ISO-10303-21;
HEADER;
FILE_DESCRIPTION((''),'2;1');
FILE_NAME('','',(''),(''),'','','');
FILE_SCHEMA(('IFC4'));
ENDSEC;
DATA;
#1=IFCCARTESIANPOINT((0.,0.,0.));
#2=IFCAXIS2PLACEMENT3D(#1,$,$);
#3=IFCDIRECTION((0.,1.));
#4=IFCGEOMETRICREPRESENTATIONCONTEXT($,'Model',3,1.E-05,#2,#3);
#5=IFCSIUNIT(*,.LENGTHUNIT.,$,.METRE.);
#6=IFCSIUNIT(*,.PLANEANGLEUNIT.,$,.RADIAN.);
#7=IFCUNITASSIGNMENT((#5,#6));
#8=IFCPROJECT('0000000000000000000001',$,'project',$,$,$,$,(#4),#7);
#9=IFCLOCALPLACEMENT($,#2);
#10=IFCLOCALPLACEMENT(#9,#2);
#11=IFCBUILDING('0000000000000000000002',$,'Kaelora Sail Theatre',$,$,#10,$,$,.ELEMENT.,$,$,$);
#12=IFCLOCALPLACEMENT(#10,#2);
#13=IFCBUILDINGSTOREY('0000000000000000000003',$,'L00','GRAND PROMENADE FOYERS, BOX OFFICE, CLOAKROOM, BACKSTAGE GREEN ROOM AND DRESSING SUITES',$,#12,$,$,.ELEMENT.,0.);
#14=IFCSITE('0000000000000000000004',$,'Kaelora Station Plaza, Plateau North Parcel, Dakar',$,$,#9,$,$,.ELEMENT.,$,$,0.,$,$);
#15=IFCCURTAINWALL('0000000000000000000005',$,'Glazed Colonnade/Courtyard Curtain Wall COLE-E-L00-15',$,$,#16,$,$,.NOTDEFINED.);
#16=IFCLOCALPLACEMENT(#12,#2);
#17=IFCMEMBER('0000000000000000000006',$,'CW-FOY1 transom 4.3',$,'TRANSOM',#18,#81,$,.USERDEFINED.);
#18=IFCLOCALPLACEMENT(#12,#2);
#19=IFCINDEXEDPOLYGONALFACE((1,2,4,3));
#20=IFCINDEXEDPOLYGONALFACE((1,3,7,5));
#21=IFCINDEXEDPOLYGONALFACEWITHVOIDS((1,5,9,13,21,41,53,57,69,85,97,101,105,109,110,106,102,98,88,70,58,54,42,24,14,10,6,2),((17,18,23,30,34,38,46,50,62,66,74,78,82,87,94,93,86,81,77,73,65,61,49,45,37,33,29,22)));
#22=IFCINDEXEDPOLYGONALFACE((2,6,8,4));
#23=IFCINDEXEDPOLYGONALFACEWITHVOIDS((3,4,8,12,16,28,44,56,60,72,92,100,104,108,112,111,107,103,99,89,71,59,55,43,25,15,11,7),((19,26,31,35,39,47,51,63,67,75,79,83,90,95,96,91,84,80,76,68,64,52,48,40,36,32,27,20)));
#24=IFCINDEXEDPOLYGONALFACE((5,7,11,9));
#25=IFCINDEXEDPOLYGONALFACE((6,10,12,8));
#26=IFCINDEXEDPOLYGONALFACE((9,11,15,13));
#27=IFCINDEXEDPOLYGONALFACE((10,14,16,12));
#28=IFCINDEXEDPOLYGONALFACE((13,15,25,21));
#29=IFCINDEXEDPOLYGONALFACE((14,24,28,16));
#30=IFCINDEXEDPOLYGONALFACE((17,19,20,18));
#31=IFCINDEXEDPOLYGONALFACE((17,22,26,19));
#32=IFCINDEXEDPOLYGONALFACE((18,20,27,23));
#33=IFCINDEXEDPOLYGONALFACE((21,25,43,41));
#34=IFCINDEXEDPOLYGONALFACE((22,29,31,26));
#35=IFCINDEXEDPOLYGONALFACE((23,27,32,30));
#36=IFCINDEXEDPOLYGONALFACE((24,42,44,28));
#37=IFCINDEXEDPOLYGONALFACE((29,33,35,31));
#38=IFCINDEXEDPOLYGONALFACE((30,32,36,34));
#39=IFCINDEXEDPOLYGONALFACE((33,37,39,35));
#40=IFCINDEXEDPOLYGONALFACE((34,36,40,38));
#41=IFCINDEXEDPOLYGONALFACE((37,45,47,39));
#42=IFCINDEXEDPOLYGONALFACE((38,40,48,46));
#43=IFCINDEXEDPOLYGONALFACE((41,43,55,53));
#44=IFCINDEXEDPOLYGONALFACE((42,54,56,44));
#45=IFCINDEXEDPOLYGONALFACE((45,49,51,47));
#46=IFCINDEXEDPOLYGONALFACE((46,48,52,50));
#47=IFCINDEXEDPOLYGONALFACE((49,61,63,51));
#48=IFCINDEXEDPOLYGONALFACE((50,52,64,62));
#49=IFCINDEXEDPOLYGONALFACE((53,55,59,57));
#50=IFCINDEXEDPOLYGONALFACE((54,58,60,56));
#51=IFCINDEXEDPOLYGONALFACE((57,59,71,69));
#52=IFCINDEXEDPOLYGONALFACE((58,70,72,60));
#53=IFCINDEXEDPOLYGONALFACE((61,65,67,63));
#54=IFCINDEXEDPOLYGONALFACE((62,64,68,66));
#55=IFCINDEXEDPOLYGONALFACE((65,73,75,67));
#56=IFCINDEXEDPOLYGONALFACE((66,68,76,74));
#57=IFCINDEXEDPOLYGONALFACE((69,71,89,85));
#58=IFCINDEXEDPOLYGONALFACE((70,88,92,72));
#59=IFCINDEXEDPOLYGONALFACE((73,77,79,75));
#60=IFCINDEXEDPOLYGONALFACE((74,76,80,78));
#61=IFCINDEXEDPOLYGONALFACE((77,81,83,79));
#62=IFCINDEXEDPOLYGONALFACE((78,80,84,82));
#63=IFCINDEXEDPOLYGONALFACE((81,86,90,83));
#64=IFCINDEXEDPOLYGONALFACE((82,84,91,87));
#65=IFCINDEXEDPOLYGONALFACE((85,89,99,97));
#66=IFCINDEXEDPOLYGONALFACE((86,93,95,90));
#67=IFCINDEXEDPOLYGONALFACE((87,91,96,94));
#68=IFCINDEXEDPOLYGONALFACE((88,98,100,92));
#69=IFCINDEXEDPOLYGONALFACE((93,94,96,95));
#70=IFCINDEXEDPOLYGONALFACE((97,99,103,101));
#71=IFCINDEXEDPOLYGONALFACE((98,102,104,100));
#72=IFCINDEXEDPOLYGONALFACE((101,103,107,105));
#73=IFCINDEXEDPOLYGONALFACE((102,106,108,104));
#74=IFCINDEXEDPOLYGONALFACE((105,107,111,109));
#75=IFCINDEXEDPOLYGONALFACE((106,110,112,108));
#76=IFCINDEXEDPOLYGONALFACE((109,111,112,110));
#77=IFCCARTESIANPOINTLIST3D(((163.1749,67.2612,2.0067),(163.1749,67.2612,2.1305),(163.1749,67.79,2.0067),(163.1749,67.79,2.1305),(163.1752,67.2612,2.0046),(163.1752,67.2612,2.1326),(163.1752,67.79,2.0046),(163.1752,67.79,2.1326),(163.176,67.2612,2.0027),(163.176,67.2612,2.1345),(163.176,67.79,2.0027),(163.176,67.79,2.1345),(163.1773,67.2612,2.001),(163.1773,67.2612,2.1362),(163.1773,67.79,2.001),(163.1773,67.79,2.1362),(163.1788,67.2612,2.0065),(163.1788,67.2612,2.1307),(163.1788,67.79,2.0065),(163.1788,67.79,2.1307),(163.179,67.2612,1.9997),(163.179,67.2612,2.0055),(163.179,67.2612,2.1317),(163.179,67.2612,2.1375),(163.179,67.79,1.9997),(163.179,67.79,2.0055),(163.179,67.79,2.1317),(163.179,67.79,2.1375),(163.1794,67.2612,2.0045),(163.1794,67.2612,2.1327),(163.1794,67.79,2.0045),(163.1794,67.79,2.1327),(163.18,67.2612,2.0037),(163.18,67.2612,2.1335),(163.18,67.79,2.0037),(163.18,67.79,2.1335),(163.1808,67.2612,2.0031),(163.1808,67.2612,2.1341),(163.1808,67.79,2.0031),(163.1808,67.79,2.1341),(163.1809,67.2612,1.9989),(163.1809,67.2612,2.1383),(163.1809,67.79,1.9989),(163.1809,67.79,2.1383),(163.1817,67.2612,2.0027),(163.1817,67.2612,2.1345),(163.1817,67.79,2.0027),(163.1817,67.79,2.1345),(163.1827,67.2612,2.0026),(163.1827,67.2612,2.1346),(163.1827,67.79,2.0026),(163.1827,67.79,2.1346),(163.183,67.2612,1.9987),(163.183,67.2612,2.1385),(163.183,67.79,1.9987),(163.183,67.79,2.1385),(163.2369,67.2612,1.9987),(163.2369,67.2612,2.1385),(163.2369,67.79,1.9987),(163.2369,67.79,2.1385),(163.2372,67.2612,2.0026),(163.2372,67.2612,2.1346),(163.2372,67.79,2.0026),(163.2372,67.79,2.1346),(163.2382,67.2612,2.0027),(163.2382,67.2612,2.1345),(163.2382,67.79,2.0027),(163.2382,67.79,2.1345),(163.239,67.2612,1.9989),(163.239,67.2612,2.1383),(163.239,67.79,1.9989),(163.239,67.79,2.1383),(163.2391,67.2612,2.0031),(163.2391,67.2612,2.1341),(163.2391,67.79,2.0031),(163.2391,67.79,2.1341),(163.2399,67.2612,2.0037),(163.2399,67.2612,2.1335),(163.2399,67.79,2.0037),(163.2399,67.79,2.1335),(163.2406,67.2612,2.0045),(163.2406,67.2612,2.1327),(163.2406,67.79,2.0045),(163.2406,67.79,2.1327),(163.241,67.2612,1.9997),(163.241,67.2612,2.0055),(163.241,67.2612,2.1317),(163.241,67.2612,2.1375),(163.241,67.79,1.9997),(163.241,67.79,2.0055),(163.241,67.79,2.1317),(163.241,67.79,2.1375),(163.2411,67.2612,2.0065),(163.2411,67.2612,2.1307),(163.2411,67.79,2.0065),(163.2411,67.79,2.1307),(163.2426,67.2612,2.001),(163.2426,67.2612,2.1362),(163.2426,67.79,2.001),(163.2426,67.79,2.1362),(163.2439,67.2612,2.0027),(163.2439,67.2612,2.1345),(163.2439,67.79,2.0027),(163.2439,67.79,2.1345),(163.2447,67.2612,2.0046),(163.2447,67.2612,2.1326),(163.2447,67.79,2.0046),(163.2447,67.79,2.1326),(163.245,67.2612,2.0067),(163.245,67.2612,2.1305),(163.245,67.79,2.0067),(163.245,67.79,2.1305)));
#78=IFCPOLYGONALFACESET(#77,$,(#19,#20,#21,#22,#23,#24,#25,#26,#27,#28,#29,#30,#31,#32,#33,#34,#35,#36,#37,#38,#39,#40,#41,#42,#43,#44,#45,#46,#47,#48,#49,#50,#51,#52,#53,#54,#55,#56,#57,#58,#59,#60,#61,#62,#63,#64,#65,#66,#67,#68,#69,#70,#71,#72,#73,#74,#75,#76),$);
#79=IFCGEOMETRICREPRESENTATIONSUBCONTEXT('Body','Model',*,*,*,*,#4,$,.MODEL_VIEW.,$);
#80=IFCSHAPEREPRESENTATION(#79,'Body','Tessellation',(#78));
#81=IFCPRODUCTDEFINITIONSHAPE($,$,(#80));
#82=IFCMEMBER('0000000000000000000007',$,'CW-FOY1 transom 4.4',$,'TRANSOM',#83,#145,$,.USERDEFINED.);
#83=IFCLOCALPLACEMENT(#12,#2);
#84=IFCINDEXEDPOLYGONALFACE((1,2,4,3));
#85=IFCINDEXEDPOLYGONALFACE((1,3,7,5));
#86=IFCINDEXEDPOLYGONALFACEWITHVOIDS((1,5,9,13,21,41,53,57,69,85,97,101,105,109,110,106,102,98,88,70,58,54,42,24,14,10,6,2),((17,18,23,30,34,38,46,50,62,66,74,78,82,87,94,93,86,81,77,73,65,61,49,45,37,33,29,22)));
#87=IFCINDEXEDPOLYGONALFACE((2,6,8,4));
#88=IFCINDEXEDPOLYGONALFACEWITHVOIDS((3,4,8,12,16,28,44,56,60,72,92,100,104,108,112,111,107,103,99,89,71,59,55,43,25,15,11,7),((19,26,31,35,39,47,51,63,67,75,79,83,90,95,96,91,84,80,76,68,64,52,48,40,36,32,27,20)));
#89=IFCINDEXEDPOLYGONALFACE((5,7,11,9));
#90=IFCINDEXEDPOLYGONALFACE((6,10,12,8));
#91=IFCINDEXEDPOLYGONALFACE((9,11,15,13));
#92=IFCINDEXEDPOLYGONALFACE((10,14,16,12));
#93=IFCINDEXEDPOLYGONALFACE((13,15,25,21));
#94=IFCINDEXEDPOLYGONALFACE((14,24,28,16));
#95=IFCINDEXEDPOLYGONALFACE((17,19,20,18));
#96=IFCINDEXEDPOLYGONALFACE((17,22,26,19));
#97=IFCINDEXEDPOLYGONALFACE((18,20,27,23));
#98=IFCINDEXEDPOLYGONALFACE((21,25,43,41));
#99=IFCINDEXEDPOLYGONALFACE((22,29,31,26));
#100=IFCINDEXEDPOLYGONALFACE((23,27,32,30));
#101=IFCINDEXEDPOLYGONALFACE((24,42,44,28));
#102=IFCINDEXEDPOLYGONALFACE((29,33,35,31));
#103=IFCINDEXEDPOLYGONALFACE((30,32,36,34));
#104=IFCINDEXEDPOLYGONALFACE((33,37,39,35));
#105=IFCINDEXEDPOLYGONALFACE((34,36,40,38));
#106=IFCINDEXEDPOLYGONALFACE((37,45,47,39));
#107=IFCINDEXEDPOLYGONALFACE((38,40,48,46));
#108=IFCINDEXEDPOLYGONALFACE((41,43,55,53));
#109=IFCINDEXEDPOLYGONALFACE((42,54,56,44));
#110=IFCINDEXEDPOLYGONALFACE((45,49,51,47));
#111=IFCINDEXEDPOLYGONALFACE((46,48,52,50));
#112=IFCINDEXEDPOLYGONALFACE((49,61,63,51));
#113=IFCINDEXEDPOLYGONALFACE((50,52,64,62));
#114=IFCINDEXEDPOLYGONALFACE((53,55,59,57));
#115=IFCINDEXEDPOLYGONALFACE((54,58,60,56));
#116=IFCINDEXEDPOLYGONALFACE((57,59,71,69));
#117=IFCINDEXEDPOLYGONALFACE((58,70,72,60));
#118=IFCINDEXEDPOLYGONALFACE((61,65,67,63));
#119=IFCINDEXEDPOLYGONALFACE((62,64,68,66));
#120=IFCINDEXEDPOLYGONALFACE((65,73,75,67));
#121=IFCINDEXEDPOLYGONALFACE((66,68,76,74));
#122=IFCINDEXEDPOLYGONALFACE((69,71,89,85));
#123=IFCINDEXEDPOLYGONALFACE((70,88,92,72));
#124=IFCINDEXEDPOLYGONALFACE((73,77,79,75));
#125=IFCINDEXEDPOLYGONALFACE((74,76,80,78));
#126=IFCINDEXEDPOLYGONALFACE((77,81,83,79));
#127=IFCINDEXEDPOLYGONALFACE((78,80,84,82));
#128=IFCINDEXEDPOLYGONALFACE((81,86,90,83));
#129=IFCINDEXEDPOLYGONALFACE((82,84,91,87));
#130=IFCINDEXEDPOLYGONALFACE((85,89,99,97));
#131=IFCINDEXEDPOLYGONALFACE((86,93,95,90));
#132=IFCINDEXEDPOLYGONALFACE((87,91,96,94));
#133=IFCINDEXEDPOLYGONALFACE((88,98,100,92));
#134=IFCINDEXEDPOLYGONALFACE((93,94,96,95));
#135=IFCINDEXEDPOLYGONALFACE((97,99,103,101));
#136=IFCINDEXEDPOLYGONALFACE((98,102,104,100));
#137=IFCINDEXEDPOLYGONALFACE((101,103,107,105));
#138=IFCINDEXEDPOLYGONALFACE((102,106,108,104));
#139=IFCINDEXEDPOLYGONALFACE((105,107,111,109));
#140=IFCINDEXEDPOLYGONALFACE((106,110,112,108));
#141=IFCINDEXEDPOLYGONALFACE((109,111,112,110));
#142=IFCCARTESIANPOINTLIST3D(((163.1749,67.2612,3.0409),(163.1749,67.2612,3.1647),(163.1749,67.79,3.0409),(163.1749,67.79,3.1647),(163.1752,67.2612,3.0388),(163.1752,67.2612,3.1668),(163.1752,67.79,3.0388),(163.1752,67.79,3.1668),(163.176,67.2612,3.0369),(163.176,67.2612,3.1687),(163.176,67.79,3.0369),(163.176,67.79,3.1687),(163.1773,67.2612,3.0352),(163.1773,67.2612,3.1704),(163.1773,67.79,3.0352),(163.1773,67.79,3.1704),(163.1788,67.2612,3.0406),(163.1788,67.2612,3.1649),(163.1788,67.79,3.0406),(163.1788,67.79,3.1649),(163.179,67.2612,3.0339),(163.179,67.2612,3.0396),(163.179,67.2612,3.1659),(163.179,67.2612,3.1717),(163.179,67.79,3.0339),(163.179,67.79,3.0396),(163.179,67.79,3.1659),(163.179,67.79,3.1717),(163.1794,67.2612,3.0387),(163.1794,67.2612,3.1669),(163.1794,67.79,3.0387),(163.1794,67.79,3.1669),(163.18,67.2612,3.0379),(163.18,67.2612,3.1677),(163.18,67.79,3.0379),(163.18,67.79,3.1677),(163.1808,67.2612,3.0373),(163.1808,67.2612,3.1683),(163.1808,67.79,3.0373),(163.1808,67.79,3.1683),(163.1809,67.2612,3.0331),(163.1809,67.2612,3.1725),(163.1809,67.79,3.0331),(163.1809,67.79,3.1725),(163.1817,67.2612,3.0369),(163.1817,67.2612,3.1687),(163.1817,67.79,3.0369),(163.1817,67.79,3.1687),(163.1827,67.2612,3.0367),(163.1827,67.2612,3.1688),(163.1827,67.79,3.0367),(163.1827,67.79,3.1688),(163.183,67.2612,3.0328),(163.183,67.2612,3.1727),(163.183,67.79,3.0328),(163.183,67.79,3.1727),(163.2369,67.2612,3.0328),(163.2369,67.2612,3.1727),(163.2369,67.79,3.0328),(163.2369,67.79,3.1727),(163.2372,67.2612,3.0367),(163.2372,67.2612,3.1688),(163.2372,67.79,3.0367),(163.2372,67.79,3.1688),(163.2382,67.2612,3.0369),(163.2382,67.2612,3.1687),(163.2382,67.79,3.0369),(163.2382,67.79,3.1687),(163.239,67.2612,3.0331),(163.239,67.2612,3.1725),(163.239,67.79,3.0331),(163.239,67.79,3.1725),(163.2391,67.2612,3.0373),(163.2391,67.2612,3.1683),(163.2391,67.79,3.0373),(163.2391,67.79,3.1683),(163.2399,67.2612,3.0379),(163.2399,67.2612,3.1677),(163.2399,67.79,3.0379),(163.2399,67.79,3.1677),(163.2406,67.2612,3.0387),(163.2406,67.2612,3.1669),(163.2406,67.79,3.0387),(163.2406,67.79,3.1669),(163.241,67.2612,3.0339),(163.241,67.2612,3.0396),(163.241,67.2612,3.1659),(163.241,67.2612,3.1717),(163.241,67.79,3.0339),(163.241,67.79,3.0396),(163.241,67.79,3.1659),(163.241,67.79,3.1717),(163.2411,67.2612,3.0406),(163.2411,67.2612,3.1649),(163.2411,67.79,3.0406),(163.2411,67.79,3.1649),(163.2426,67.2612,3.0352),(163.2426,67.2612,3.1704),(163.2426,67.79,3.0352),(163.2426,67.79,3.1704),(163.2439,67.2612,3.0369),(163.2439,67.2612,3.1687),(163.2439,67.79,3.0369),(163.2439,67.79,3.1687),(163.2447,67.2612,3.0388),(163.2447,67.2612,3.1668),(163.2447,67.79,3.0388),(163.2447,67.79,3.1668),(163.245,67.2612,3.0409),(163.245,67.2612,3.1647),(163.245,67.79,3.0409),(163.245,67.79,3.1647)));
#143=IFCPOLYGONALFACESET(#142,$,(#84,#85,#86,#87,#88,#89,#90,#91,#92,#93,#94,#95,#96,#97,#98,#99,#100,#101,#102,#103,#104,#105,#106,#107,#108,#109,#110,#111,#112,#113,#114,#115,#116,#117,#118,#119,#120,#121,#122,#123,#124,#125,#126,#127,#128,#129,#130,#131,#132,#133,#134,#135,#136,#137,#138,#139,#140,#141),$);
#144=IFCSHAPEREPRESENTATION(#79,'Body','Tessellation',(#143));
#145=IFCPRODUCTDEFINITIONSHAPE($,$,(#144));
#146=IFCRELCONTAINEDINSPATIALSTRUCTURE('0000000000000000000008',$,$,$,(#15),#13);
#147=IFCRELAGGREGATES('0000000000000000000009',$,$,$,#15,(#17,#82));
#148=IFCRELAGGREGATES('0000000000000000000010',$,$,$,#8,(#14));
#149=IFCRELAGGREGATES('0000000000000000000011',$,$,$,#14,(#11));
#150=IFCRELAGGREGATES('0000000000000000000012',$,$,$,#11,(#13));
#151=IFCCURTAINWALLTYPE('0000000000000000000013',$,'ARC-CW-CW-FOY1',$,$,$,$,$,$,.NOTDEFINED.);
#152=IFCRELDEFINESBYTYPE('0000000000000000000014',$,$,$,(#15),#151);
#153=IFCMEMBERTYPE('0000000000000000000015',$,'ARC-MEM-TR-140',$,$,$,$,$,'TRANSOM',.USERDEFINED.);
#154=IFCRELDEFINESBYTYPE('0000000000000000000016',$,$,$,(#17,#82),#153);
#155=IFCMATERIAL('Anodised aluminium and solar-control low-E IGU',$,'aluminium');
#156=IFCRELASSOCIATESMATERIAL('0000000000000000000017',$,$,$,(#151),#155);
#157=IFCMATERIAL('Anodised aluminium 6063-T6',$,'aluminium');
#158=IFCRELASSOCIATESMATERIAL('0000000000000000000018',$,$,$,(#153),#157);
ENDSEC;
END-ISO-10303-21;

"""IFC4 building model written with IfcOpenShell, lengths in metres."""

from ifc_helpers import new_model, si_unit, direction, frame, origin, origin_2d, place, context, subcontext, project, spatial, hollow_rectangle, extrude, material, material_profile, profile_set, type_object, element, aggregate, save


model = new_model("IFC4")

# Units and contexts
model_context = context("Model", 3, precision=1e-05, world=origin(), true_north=direction((0.0, 1.0)))
body_context = subcontext(model_context, "Body", "Model", "MODEL_VIEW")
ifc_project = project(units=[si_unit("LENGTHUNIT", "METRE"), si_unit("PLANEANGLEUNIT", "RADIAN")], contexts=[model_context])

# Site, building, storey
site_placement = place(None, origin())
site = spatial("IfcSite", under=ifc_project, at=site_placement, Name="Kaelora Station Plaza, Plateau North Parcel, Dakar", CompositionType="ELEMENT", RefElevation=0.0)
building_placement = place(site_placement, origin())
building = spatial("IfcBuilding", under=site, at=building_placement, Name="Kaelora Sail Theatre", CompositionType="ELEMENT")
storey_placement = place(building_placement, origin())
storey = spatial("IfcBuildingStorey", under=building, at=storey_placement, Name="L00", Description="GRAND PROMENADE FOYERS, BOX OFFICE, CLOAKROOM, BACKSTAGE GREEN ROOM AND DRESSING SUITES", CompositionType="ELEMENT", Elevation=0.0)

# Curtain wall, members
ifc_material_1 = material(Name="Anodised aluminium and solar-control low-E IGU", Category="aluminium")
curtain_wall_type = type_object("IfcCurtainWallType", Name="ARC-CW-CW-FOY1", PredefinedType="NOTDEFINED", material=ifc_material_1)
curtain_wall_placement = place(storey_placement, origin())
curtain_wall = element("IfcCurtainWall", 1, at=curtain_wall_placement, inside=storey, type_object=curtain_wall_type, Name="Glazed Colonnade/Courtyard Curtain Wall COLE-E-L00-15", PredefinedType="NOTDEFINED")
ifc_material_2 = material(Name="Anodised aluminium 6063-T6", Category="aluminium")
ifc_material_profile_1 = material_profile(ifc_material_2, hollow_rectangle(XDim=0.0701, YDim=0.1399, WallThickness=0.0039, InnerFilletRadius=0.0039, OuterFilletRadius=0.0081, at=origin_2d()), Name="ALU-TRAN 70x140x4")
ifc_profile_set_1 = profile_set([ifc_material_profile_1], Name="Anodised aluminium 6063-T6")
member_type_1 = type_object("IfcMemberType", Name="ARC-MEM-TR-140", ElementType="TRANSOM", PredefinedType="USERDEFINED", material=ifc_profile_set_1)
member_1_placement = place(storey_placement, frame((163.21, 67.2612, 2.0686), z_axis=(0.0, 1.0, 0.0), x_axis=(-1.0, 0.0, 0.0)))
member_1 = element("IfcMember", 2, at=member_1_placement, type_object=member_type_1, Name="CW-FOY1 transom 4.3", ObjectType="TRANSOM", PredefinedType="USERDEFINED", context=body_context, shape_type="SweptSolid", body=[
    extrude(hollow_rectangle(XDim=0.0701, YDim=0.1399, WallThickness=0.0039, InnerFilletRadius=0.0039, OuterFilletRadius=0.0081, at=origin_2d()), origin(), (0.0, 0.0, 1.0), 0.5288),
])
member_2_placement = place(storey_placement, frame((163.21, 67.2612, 3.1028), z_axis=(0.0, 1.0, 0.0), x_axis=(-1.0, 0.0, 0.0)))
member_2 = element("IfcMember", 3, at=member_2_placement, type_object=member_type_1, Name="CW-FOY1 transom 4.4", ObjectType="TRANSOM", PredefinedType="USERDEFINED", context=body_context, shape_type="SweptSolid", body=[
    extrude(hollow_rectangle(XDim=0.0701, YDim=0.1399, WallThickness=0.0039, InnerFilletRadius=0.0039, OuterFilletRadius=0.0081, at=origin_2d()), origin(), (0.0, 0.0, 1.0), 0.5288),
])

aggregate(curtain_wall, [member_1, member_2])

save(model, "model.ifc")
